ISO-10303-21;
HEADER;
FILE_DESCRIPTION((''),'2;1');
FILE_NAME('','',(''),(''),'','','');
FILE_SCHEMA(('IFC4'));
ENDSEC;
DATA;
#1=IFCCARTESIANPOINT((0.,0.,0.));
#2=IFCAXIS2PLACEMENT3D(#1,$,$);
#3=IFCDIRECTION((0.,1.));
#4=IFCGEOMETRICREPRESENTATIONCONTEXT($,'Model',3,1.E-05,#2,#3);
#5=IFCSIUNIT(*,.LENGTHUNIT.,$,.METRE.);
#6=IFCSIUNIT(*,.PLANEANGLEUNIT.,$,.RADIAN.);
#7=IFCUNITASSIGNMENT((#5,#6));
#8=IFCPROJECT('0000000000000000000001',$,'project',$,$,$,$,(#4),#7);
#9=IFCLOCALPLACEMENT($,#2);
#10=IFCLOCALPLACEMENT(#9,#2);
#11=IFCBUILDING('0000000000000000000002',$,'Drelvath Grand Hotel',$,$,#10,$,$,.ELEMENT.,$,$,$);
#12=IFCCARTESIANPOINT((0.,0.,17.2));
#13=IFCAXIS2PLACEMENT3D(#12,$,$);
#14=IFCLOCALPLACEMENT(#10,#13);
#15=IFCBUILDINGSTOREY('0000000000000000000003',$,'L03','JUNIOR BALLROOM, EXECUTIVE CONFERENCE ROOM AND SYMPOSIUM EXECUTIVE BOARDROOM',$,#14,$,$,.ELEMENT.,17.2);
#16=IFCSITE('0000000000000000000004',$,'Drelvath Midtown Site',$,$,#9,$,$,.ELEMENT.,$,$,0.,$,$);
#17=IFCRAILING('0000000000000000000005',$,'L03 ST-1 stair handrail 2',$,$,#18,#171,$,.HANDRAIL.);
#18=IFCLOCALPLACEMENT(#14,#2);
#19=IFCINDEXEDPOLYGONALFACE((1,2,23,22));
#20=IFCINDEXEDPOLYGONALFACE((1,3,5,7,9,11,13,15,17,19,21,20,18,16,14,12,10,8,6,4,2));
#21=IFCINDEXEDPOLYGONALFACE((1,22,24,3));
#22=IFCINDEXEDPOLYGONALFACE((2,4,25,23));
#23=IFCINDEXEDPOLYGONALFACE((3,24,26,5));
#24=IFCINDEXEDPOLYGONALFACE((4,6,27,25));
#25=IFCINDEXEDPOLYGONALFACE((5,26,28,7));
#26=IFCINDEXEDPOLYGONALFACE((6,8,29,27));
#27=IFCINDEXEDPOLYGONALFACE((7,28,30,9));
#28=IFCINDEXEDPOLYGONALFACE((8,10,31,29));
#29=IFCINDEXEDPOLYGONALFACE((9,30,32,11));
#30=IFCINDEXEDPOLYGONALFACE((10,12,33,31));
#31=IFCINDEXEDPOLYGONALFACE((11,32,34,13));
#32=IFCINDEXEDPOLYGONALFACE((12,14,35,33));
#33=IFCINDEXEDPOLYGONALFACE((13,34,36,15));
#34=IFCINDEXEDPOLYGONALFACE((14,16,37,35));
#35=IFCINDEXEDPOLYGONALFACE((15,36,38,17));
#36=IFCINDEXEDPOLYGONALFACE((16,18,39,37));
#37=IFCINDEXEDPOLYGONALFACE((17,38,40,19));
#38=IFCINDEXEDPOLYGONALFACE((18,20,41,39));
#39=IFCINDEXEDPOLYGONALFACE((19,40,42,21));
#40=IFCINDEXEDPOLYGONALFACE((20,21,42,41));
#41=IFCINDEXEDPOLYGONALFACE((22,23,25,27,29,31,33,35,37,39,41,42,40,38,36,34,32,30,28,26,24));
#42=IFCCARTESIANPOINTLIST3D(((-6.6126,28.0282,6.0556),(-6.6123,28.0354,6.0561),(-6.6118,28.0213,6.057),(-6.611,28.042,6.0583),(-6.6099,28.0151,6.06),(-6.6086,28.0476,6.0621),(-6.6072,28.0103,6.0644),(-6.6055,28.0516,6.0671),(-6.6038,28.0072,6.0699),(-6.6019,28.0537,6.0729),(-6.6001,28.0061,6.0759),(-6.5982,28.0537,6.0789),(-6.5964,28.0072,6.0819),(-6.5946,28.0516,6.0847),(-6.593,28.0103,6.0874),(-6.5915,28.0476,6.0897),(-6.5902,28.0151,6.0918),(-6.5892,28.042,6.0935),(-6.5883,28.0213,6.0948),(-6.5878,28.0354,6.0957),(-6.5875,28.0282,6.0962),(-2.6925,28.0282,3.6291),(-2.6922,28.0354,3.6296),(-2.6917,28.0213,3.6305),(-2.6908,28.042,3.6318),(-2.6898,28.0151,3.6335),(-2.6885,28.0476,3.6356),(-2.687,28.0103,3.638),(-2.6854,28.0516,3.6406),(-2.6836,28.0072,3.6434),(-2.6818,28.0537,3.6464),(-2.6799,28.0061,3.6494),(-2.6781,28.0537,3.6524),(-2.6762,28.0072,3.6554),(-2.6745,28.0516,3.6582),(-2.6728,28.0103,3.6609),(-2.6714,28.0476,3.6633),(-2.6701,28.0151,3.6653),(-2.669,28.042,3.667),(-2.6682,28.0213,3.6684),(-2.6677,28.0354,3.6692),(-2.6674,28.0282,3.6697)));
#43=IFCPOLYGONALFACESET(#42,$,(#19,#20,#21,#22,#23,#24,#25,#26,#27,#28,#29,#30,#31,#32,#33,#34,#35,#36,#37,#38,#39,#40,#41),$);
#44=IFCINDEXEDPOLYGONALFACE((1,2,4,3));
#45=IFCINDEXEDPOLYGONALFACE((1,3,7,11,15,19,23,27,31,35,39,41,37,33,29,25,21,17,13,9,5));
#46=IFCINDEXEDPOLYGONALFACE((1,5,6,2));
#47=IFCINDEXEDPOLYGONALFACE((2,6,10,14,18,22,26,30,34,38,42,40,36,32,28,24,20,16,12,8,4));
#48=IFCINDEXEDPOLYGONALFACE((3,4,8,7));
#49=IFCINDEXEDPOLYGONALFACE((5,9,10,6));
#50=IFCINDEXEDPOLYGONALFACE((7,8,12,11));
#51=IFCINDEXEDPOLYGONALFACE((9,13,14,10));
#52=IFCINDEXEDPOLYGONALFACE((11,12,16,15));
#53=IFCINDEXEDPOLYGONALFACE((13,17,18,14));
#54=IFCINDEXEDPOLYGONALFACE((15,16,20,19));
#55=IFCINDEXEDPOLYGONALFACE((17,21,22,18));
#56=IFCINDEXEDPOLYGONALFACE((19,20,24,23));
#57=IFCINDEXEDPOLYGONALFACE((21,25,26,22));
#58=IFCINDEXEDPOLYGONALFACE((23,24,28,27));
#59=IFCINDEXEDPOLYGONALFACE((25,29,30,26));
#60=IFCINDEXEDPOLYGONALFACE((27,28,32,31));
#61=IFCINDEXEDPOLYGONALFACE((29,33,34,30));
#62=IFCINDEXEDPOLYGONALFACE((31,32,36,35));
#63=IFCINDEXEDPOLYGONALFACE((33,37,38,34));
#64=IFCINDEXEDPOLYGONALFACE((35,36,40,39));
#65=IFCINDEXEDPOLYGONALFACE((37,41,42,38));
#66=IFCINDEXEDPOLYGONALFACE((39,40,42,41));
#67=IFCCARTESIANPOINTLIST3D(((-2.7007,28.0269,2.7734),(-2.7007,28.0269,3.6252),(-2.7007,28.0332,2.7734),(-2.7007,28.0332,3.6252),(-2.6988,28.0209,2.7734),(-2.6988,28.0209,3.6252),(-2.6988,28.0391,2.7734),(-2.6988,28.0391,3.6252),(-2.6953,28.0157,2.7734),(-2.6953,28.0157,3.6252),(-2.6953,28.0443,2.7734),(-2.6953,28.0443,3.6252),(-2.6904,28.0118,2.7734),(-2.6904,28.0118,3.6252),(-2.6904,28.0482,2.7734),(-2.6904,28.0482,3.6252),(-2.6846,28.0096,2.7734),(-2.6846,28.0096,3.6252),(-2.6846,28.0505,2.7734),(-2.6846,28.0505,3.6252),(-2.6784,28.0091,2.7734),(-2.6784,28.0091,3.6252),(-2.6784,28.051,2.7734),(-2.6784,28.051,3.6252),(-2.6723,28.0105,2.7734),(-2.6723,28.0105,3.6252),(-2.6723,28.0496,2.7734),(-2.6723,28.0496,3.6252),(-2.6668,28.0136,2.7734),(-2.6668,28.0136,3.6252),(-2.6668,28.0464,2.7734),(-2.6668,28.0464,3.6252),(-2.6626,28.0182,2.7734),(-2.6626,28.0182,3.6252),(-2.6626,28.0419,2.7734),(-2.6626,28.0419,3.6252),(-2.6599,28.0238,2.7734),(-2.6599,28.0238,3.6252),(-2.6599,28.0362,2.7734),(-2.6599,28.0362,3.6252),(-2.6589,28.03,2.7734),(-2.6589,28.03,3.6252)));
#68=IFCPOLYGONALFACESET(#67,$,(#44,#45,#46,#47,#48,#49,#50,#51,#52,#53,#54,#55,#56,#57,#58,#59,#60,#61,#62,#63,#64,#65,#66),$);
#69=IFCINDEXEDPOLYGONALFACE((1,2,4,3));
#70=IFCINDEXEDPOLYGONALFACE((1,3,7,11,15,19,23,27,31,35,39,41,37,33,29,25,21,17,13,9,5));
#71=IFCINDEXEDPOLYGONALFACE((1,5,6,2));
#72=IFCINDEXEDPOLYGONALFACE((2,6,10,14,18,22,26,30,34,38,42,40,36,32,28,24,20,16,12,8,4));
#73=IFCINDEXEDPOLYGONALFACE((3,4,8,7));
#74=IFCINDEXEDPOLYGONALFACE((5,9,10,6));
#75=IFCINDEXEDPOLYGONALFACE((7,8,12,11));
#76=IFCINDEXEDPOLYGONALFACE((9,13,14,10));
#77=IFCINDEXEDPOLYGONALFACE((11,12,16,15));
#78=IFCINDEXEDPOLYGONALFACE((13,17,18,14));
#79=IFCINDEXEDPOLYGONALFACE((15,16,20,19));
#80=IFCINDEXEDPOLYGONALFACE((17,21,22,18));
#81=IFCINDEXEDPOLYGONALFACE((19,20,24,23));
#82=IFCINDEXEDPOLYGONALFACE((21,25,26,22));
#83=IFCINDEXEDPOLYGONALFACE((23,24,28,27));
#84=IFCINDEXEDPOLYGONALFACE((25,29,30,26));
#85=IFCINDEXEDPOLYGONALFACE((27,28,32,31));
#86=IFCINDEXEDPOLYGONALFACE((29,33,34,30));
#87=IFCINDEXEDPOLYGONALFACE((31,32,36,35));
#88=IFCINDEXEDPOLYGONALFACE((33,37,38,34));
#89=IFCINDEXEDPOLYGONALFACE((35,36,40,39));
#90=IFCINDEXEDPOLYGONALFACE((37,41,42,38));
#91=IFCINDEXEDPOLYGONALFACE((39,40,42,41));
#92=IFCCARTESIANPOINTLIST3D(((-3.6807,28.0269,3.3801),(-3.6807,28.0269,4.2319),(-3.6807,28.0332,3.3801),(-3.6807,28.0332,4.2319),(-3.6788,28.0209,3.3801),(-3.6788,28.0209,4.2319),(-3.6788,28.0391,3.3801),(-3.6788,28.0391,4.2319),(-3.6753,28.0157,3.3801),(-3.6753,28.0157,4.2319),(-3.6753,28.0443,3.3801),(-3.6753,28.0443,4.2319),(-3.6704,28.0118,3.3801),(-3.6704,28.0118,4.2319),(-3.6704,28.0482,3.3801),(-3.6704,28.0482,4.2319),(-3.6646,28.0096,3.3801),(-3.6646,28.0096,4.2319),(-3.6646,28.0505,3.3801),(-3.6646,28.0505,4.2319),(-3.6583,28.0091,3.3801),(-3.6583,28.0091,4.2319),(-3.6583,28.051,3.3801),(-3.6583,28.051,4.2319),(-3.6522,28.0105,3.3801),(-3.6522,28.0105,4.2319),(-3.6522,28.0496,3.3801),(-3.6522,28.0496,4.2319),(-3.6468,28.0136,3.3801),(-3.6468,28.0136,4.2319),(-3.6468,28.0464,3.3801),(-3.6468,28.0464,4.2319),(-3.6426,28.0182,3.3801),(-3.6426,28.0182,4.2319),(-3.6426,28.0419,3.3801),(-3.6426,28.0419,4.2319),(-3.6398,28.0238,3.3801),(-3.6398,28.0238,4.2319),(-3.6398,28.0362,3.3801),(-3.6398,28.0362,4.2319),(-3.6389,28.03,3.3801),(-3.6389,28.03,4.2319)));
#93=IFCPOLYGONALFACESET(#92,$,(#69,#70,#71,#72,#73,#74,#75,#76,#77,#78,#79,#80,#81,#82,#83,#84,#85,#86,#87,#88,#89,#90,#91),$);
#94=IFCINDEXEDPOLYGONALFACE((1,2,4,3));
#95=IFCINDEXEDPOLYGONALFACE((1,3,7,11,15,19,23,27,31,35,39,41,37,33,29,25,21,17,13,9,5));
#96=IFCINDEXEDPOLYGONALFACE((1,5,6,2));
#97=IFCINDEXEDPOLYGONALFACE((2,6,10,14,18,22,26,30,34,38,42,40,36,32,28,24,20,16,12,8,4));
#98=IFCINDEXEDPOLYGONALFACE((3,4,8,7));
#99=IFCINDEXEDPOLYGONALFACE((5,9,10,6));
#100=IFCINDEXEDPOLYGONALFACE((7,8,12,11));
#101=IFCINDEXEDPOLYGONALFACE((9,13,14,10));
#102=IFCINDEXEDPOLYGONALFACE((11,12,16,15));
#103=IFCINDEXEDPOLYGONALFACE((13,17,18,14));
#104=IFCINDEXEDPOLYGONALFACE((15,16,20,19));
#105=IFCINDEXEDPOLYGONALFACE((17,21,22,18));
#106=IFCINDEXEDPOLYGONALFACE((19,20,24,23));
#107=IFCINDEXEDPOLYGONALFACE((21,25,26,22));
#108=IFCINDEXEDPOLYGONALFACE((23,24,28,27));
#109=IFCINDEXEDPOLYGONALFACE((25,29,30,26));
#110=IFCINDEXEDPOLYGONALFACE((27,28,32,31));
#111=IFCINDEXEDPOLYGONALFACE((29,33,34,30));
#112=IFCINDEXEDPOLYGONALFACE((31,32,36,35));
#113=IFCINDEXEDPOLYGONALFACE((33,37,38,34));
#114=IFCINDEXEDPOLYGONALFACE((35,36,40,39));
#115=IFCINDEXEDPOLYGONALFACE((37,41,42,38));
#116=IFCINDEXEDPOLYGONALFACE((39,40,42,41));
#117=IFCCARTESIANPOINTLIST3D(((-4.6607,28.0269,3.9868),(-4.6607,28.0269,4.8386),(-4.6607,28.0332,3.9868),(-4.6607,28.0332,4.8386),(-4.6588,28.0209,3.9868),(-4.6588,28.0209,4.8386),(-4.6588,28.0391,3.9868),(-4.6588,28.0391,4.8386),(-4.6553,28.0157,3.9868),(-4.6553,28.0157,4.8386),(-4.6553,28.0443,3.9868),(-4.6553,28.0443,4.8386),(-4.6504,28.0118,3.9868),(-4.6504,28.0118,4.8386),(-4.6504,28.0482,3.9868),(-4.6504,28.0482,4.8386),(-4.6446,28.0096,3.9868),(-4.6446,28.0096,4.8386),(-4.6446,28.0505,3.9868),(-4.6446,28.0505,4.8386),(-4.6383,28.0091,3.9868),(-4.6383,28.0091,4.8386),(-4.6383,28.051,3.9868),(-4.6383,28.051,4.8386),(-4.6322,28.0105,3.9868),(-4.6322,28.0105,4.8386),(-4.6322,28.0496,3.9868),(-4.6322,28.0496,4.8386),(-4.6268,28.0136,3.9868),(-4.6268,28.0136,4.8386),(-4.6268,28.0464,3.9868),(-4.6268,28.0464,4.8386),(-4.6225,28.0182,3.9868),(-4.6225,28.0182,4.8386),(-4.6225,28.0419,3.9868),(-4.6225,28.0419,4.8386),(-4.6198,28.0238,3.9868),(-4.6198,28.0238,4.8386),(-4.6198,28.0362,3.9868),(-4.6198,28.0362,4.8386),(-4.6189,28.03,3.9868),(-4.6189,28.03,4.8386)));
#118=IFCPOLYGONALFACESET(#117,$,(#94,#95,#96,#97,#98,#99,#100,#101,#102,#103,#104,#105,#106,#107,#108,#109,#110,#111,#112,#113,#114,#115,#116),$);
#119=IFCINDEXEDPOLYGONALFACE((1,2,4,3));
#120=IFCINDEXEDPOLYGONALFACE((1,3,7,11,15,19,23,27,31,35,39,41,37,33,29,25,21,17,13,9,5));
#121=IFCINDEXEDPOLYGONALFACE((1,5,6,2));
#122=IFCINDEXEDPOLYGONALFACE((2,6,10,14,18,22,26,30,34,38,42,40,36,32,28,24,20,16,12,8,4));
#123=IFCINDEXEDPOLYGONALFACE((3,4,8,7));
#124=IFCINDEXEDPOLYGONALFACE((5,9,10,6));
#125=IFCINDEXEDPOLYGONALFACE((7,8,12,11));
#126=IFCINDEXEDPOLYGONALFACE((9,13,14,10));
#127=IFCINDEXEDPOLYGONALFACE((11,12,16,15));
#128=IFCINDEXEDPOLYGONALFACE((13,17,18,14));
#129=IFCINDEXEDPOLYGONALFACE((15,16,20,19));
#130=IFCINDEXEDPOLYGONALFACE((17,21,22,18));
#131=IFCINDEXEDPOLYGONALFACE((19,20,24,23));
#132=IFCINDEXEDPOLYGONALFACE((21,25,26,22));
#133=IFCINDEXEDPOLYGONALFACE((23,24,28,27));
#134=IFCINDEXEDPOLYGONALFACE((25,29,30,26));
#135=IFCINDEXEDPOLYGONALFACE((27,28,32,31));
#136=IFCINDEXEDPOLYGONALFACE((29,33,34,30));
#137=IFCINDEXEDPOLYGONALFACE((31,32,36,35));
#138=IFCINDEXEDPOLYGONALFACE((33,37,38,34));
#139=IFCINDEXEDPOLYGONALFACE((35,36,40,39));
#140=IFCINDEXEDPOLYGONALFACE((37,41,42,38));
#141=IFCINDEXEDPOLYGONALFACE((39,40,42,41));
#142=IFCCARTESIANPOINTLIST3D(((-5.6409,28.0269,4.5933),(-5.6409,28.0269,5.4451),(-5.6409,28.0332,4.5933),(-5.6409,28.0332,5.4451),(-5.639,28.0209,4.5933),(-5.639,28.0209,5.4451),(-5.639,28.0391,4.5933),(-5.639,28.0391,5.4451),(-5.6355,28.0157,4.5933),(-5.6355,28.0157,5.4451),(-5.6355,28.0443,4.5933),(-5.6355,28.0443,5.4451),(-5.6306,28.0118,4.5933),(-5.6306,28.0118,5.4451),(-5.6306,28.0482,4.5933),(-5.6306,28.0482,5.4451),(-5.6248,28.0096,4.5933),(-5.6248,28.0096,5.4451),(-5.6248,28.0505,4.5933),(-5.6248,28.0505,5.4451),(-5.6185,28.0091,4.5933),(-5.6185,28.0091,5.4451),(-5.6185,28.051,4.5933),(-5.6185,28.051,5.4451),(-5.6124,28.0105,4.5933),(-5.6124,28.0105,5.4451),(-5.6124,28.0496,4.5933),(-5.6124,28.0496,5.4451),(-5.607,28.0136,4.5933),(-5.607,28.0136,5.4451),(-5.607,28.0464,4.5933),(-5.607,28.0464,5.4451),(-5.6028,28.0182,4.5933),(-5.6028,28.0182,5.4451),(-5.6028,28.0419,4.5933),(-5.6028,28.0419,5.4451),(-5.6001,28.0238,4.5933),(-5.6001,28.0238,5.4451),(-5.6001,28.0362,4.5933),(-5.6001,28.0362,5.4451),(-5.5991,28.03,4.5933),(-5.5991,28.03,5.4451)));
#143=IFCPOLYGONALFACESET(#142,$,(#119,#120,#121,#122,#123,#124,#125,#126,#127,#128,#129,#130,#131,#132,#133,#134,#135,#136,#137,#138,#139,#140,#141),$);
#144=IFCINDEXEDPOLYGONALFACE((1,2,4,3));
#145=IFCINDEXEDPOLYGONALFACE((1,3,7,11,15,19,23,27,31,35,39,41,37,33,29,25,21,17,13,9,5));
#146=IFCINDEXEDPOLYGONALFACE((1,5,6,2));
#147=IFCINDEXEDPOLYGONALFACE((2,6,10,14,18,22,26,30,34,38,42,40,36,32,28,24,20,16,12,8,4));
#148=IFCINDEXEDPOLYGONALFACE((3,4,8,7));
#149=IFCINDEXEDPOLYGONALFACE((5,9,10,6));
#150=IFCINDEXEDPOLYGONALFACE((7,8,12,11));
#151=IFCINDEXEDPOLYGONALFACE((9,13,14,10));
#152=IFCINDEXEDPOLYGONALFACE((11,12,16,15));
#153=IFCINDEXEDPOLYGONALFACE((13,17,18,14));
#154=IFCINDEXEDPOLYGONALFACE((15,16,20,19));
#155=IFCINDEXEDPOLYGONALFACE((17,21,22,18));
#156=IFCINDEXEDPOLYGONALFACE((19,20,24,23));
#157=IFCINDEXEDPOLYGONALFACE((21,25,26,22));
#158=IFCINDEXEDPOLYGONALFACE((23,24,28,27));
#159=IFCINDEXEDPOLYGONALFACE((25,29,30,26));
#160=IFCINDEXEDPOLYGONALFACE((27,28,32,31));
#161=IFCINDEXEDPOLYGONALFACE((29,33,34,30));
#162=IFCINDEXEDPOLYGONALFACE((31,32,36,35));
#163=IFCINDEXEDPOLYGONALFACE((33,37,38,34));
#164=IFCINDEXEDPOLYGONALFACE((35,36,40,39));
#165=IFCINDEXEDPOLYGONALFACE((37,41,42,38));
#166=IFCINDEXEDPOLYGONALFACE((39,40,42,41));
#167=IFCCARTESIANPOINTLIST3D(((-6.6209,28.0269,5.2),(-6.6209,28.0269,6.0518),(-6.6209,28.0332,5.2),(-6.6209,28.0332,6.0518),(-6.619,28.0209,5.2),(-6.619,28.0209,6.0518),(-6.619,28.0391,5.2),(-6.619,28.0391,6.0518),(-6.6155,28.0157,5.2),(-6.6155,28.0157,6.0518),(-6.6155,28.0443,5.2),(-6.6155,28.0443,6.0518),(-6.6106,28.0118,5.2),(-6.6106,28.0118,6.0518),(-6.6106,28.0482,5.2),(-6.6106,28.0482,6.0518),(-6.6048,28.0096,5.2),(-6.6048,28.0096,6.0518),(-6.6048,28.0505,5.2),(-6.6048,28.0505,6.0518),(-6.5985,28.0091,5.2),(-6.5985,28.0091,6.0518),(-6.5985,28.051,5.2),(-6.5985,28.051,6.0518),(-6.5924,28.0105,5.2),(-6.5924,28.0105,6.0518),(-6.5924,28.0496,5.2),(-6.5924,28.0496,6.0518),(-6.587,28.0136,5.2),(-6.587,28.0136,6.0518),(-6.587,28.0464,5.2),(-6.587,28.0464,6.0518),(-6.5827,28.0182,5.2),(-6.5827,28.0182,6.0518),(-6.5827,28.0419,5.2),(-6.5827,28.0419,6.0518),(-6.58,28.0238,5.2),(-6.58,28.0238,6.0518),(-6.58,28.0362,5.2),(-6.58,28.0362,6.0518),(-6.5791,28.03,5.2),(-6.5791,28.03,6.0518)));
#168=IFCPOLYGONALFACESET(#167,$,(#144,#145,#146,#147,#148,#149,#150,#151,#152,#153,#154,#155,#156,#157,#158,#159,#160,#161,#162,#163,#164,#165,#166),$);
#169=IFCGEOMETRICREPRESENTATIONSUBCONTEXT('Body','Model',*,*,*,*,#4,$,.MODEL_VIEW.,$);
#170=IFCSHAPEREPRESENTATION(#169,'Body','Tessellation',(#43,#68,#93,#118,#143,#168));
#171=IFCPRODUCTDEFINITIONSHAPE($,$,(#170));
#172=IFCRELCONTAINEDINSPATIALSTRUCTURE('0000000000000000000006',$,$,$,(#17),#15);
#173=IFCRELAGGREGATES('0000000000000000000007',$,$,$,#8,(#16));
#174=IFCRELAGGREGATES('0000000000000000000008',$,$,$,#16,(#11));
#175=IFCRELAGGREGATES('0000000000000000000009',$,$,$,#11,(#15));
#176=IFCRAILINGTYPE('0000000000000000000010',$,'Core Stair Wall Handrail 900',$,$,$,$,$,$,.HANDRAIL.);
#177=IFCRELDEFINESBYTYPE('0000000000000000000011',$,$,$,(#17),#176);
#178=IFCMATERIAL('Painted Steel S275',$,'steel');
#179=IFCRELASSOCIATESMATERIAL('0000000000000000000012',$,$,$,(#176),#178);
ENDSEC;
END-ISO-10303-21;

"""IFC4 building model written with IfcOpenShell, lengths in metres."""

from ifc_helpers import new_model, si_unit, direction, frame, origin, origin_2d, place, context, subcontext, project, spatial, circle, extrude, material, type_object, element, save


model = new_model("IFC4")

# Units and contexts
model_context = context("Model", 3, precision=1e-05, world=origin(), true_north=direction((0.0, 1.0)))
body_context = subcontext(model_context, "Body", "Model", "MODEL_VIEW")
ifc_project = project(units=[si_unit("LENGTHUNIT", "METRE"), si_unit("PLANEANGLEUNIT", "RADIAN")], contexts=[model_context])

# Site, building, storey
site_placement = place(None, origin())
site = spatial("IfcSite", under=ifc_project, at=site_placement, Name="Drelvath Midtown Site", CompositionType="ELEMENT", RefElevation=0.0)
building_placement = place(site_placement, origin())
building = spatial("IfcBuilding", under=site, at=building_placement, Name="Drelvath Grand Hotel", CompositionType="ELEMENT")
storey_placement = place(building_placement, frame((0.0, 0.0, 17.2)))
storey = spatial("IfcBuildingStorey", under=building, at=storey_placement, Name="L03", Description="JUNIOR BALLROOM, EXECUTIVE CONFERENCE ROOM AND SYMPOSIUM EXECUTIVE BOARDROOM", CompositionType="ELEMENT", Elevation=17.2)

# Shared definitions
ifc_material_1 = material(Name="Painted Steel S275", Category="steel")

# Railing
railing_type_1 = type_object("IfcRailingType", Name="Core Stair Wall Handrail 900", PredefinedType="HANDRAIL", material=ifc_material_1)
railing_1_placement = place(storey_placement, frame((-2.6799, 28.03, 2.7734)))
element("IfcRailing", 1, at=railing_1_placement, inside=storey, type_object=railing_type_1, Name="L03 ST-1 stair handrail 2", PredefinedType="HANDRAIL", context=body_context, shape_type="SweptSolid", body=[
    extrude(circle(Radius=0.0239, at=origin_2d()), frame((0.0, 0.0, 0.876), z_axis=(-0.85029, 0.0, 0.526315), x_axis=(0.0, -1.0, 0.0)), (0.0, 0.0, 1.0), 4.6104),
    extrude(circle(Radius=0.021, at=origin_2d()), origin(), (0.0, 0.0, 1.0), 0.8518),
    extrude(circle(Radius=0.021, at=origin_2d()), frame((-0.98, 0.0, 0.6067)), (0.0, 0.0, 1.0), 0.8518),
    extrude(circle(Radius=0.021, at=origin_2d()), frame((-1.96, 0.0, 1.2134)), (0.0, 0.0, 1.0), 0.8518),
    extrude(circle(Radius=0.021, at=origin_2d()), frame((-2.9402, 0.0, 1.8198)), (0.0, 0.0, 1.0), 0.8518),
    extrude(circle(Radius=0.021, at=origin_2d()), frame((-3.9202, 0.0, 2.4265)), (0.0, 0.0, 1.0), 0.8518),
])

save(model, "model.ifc")
